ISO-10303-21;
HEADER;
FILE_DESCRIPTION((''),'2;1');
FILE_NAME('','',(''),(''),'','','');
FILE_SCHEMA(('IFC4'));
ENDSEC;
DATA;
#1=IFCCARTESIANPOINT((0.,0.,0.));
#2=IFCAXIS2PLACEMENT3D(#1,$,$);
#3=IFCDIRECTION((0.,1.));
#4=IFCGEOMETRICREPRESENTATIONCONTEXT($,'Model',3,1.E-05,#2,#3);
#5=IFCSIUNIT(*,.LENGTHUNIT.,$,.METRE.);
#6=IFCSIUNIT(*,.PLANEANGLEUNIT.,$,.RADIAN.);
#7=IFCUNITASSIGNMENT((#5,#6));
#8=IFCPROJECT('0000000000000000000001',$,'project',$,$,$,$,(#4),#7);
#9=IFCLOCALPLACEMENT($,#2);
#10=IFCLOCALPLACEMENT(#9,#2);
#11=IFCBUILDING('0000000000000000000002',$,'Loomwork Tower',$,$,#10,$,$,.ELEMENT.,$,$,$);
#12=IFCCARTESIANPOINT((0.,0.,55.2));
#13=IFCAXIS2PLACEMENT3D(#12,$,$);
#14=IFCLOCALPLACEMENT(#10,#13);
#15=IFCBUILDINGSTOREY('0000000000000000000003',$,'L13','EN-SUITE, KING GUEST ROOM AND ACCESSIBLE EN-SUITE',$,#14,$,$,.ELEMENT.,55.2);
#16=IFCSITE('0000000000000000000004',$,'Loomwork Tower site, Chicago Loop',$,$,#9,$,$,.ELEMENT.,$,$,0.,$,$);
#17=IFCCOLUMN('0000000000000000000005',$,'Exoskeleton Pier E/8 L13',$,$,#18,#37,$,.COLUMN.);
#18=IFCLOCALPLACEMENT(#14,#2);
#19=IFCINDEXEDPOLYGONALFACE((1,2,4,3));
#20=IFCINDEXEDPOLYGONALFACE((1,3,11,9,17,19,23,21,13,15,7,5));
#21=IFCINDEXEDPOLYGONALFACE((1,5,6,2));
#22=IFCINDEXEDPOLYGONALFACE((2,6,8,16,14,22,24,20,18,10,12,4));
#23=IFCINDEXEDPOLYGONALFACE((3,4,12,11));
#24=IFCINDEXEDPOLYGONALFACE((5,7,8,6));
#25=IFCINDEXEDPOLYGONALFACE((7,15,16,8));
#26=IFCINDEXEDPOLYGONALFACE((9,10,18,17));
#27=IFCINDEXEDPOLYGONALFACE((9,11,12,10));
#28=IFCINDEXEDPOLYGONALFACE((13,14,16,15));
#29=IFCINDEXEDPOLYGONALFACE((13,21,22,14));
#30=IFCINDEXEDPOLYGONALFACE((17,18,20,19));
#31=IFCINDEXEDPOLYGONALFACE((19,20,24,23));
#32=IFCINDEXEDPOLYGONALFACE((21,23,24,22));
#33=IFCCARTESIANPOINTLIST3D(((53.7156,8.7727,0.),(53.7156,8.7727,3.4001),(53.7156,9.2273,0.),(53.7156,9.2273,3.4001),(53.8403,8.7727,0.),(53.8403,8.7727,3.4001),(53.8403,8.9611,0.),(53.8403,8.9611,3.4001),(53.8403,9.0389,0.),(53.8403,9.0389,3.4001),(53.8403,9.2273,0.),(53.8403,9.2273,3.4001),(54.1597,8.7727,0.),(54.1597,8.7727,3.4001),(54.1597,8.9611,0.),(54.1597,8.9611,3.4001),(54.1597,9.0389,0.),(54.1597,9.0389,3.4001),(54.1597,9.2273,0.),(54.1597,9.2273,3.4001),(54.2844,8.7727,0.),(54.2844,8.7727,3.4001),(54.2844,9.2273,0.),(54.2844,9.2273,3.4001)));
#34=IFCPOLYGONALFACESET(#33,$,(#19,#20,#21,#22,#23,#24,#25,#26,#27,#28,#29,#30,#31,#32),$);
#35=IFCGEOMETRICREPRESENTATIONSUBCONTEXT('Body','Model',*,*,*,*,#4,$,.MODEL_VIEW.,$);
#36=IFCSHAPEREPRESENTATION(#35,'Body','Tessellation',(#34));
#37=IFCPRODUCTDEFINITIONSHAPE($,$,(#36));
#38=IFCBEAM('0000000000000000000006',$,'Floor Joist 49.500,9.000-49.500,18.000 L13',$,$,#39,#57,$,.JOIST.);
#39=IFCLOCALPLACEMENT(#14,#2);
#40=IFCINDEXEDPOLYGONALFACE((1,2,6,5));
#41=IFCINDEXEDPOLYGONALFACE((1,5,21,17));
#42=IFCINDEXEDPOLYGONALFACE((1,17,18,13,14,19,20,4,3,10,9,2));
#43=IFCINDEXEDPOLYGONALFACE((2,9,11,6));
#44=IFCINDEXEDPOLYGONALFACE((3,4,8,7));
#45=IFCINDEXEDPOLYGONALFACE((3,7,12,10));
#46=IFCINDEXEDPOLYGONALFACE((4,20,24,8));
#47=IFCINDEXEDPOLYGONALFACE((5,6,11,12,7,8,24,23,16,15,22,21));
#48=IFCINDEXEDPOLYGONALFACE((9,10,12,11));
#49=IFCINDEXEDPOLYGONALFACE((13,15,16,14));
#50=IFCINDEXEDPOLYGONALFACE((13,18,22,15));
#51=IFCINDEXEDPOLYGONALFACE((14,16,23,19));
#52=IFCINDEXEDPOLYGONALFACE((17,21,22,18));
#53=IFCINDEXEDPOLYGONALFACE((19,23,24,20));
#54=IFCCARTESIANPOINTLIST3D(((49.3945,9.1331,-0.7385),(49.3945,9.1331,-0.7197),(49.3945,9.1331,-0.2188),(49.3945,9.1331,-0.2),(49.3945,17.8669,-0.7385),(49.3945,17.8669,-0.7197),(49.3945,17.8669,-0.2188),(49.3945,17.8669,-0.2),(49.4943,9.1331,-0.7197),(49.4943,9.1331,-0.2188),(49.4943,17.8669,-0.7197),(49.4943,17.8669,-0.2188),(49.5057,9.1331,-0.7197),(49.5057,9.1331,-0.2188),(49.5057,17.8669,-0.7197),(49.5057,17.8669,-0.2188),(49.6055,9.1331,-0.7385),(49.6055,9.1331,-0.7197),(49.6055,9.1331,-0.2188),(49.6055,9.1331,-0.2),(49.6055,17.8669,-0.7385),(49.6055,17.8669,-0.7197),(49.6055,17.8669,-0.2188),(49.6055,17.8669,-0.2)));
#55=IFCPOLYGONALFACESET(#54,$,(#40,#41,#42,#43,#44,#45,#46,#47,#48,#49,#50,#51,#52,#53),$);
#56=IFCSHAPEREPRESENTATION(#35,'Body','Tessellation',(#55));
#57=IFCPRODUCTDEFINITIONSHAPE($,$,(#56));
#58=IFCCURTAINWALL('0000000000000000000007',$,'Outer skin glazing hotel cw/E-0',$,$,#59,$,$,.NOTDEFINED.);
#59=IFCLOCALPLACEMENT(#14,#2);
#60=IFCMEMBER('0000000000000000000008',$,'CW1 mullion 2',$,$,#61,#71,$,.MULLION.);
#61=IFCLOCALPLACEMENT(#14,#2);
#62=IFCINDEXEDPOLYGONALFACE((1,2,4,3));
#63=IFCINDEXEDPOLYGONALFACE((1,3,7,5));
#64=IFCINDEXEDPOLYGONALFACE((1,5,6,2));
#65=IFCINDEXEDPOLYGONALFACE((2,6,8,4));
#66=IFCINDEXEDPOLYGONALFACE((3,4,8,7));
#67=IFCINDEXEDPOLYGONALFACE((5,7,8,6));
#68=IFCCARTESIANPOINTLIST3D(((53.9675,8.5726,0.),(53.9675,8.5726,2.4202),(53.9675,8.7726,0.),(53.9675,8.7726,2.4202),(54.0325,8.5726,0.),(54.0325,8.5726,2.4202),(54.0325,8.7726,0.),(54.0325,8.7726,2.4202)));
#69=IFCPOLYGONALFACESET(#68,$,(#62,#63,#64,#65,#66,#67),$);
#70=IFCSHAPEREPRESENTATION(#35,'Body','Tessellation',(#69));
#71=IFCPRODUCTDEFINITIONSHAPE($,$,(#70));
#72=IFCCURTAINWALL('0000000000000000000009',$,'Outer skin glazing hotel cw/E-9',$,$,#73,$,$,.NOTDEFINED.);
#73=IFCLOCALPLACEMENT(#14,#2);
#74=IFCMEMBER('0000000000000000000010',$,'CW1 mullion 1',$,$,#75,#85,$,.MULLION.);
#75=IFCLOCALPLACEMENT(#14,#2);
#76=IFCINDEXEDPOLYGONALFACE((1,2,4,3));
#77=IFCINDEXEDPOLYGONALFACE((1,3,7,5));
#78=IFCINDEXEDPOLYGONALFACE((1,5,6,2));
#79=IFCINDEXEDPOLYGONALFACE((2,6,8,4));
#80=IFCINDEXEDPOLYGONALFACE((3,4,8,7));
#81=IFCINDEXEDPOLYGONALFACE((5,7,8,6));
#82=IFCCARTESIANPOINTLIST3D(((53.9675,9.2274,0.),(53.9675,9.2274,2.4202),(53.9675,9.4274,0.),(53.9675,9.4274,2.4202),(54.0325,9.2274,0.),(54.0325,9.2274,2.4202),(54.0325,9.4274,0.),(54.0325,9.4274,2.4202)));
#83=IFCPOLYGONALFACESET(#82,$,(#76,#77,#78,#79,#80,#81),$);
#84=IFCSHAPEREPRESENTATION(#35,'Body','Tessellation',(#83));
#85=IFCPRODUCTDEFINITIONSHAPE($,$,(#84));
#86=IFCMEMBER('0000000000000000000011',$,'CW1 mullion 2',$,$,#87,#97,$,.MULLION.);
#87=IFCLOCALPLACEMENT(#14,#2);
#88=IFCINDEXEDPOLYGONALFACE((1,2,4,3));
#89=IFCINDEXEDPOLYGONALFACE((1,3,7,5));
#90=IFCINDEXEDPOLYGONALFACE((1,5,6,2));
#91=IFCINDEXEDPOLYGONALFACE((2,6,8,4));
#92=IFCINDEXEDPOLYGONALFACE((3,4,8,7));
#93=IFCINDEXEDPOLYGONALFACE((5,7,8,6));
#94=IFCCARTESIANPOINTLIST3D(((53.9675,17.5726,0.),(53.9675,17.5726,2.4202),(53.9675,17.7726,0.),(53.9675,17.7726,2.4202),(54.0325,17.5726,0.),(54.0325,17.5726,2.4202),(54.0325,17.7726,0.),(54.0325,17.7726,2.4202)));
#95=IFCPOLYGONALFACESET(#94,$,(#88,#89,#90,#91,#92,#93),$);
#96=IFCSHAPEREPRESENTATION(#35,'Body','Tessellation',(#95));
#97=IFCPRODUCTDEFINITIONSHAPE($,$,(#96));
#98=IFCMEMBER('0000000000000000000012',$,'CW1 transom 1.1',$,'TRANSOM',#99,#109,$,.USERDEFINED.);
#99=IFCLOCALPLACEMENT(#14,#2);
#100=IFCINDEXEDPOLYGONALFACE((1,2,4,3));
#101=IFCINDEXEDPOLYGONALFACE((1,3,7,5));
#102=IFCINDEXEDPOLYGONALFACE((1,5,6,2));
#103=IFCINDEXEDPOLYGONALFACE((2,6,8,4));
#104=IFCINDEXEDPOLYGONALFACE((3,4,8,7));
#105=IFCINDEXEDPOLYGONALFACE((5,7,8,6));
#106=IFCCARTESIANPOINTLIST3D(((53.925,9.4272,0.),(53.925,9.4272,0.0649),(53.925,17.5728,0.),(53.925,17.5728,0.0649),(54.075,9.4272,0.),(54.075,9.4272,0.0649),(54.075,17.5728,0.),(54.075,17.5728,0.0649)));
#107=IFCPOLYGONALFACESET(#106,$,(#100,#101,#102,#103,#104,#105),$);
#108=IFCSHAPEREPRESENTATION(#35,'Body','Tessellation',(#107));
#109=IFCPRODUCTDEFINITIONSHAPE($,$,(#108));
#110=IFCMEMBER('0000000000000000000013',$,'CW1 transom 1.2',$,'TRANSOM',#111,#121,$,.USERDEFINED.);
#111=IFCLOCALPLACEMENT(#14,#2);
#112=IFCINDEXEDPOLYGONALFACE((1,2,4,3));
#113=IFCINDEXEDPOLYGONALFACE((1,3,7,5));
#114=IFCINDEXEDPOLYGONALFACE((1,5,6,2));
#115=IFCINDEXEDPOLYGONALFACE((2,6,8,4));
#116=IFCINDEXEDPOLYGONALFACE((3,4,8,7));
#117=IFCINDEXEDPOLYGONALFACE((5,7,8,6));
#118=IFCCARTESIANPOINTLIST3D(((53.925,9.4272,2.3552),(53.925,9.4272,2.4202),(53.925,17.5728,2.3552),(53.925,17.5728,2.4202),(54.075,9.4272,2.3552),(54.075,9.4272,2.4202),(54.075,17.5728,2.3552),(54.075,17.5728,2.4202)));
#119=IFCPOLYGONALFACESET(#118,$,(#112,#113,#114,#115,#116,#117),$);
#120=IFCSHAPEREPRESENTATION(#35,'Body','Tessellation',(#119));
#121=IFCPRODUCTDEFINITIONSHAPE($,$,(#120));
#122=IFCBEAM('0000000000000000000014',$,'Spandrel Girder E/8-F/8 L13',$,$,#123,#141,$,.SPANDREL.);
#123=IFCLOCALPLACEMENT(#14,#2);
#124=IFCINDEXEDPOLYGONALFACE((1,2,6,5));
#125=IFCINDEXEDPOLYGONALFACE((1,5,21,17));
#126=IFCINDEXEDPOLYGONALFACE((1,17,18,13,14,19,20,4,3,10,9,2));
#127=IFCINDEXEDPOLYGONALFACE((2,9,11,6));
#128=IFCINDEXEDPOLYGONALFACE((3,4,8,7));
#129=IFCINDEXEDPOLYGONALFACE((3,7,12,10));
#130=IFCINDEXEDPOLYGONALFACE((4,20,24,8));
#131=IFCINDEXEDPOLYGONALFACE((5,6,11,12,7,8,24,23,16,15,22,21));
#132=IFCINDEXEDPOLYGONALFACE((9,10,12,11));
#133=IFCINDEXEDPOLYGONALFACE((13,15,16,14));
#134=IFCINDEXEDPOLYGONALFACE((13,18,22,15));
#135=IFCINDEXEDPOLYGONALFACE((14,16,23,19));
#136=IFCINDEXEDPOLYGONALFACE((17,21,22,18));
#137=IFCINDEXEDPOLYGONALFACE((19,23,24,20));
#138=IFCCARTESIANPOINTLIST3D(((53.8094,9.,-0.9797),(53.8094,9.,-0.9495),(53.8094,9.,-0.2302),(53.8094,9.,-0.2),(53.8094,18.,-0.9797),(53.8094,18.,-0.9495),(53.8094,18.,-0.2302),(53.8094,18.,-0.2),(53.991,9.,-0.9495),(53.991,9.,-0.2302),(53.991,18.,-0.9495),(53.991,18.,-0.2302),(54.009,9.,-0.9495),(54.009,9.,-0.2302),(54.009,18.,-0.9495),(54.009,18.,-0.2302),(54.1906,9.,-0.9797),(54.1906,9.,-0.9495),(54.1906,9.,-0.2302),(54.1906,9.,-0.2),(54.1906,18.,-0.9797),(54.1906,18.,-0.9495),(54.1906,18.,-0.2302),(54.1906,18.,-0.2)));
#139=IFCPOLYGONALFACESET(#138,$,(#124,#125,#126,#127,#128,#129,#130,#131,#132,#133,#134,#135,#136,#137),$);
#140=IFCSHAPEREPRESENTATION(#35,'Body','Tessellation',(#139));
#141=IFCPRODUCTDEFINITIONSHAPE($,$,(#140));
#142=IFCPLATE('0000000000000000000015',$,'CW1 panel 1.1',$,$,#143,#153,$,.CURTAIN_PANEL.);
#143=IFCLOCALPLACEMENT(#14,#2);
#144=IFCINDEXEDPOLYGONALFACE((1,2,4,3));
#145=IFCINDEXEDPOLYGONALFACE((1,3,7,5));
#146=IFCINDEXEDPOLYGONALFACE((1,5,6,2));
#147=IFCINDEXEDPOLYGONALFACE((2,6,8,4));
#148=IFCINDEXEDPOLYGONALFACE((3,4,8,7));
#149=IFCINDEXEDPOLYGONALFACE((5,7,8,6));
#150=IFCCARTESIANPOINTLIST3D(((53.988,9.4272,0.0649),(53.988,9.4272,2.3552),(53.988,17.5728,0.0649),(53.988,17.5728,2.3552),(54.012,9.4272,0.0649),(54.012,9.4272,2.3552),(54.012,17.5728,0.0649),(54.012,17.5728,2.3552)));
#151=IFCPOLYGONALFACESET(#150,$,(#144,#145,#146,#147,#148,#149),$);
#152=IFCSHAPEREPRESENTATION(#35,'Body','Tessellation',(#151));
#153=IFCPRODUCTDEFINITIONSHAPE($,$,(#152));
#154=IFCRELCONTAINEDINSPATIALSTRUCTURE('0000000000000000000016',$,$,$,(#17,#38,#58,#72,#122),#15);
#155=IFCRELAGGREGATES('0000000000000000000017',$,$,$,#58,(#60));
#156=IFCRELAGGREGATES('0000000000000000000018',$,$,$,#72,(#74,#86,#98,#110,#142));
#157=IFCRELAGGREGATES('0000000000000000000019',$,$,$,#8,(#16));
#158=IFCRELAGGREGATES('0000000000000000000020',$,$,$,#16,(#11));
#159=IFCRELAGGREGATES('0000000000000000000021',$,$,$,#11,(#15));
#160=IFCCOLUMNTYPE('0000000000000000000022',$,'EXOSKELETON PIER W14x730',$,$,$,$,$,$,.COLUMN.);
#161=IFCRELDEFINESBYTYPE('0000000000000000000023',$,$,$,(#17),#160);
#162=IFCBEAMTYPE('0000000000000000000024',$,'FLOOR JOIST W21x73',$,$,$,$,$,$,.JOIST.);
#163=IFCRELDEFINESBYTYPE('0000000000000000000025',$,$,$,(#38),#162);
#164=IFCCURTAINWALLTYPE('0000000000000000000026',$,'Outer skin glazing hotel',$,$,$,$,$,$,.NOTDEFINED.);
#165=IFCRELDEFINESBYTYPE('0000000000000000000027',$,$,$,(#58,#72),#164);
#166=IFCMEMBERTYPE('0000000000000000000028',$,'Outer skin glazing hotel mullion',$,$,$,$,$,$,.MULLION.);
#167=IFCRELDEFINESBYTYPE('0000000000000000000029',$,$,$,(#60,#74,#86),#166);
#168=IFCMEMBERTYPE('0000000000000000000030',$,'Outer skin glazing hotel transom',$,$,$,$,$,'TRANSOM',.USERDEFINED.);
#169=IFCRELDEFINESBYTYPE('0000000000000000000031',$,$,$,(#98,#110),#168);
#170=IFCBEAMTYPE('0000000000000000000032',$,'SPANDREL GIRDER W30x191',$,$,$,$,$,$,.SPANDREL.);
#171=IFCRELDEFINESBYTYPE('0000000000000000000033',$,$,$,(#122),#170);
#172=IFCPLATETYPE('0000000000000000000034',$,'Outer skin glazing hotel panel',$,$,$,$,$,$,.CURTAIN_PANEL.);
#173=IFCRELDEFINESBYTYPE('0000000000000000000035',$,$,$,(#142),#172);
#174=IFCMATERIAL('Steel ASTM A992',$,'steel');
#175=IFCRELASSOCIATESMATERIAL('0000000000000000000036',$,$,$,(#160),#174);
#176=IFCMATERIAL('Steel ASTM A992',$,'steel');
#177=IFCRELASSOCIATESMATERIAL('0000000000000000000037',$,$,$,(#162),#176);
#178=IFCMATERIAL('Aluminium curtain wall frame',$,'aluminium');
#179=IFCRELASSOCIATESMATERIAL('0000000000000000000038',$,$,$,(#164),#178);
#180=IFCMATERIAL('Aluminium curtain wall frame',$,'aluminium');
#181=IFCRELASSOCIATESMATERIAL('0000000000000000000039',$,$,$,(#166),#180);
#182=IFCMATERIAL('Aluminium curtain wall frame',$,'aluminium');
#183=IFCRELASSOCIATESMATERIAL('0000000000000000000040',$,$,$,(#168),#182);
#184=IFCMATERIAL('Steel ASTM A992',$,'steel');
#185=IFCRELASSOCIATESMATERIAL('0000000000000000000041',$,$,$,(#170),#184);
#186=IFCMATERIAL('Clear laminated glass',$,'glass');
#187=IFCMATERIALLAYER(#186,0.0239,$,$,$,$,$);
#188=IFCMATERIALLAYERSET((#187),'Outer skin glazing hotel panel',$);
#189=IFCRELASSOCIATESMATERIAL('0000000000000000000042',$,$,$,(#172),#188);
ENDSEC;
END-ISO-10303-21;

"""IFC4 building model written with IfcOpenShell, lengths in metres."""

from ifc_helpers import new_model, si_unit, direction, frame, origin, origin_2d, place, context, subcontext, project, spatial, rectangle, i_section, extrude, material, layer, layer_set, material_profile, profile_set, type_object, element, aggregate, save


model = new_model("IFC4")

# Units and contexts
model_context = context("Model", 3, precision=1e-05, world=origin(), true_north=direction((0.0, 1.0)))
body_context = subcontext(model_context, "Body", "Model", "MODEL_VIEW")
ifc_project = project(units=[si_unit("LENGTHUNIT", "METRE"), si_unit("PLANEANGLEUNIT", "RADIAN")], contexts=[model_context])

# Site, building, storey
site_placement = place(None, origin())
site = spatial("IfcSite", under=ifc_project, at=site_placement, Name="Loomwork Tower site, Chicago Loop", CompositionType="ELEMENT", RefElevation=0.0)
building_placement = place(site_placement, origin())
building = spatial("IfcBuilding", under=site, at=building_placement, Name="Loomwork Tower", CompositionType="ELEMENT")
storey_placement = place(building_placement, frame((0.0, 0.0, 55.2)))
storey = spatial("IfcBuildingStorey", under=building, at=storey_placement, Name="L13", Description="EN-SUITE, KING GUEST ROOM AND ACCESSIBLE EN-SUITE", CompositionType="ELEMENT", Elevation=55.2)

# Column
ifc_material_1 = material(Name="Steel ASTM A992", Category="steel")
ifc_material_profile_1 = material_profile(ifc_material_1, i_section(OverallWidth=0.4546, OverallDepth=0.5688, WebThickness=0.0779, FlangeThickness=0.1248, at=origin_2d()), Name="W14x730")
ifc_profile_set_1 = profile_set([ifc_material_profile_1], Name="Steel ASTM A992")
column_type = type_object("IfcColumnType", Name="EXOSKELETON PIER W14x730", PredefinedType="COLUMN", material=ifc_profile_set_1)
column_placement = place(storey_placement, frame((54.0, 9.0, 0.0), z_axis=(0.0, 0.0, 1.0), x_axis=(0.0, 1.0, 0.0)))
element("IfcColumn", 1, at=column_placement, inside=storey, type_object=column_type, Name="Exoskeleton Pier E/8 L13", PredefinedType="COLUMN", context=body_context, shape_type="SweptSolid", body=[
    extrude(i_section(OverallWidth=0.4546, OverallDepth=0.5688, WebThickness=0.0779, FlangeThickness=0.1248, at=origin_2d()), origin(), (0.0, 0.0, 1.0), 3.4001),
])

# Beam
ifc_material_2 = material(Name="Steel ASTM A992", Category="steel")
ifc_material_profile_2 = material_profile(ifc_material_2, i_section(OverallWidth=0.2109, OverallDepth=0.5386, WebThickness=0.0115, FlangeThickness=0.0188, at=origin_2d()), Name="W21x73")
ifc_profile_set_2 = profile_set([ifc_material_profile_2], Name="Steel ASTM A992")
beam_type_1 = type_object("IfcBeamType", Name="FLOOR JOIST W21x73", PredefinedType="JOIST", material=ifc_profile_set_2)
beam_1_placement = place(storey_placement, frame((49.5, 9.1331, -0.4692), z_axis=(0.0, 1.0, 0.0), x_axis=(-1.0, 0.0, 0.0)))
element("IfcBeam", 2, at=beam_1_placement, inside=storey, type_object=beam_type_1, Name="Floor Joist 49.500,9.000-49.500,18.000 L13", PredefinedType="JOIST", context=body_context, shape_type="SweptSolid", body=[
    extrude(i_section(OverallWidth=0.2109, OverallDepth=0.5386, WebThickness=0.0115, FlangeThickness=0.0188, at=origin_2d()), origin(), (0.0, 0.0, 1.0), 8.7339),
])

# Curtain wall, member
ifc_material_3 = material(Name="Aluminium curtain wall frame", Category="aluminium")
curtain_wall_type = type_object("IfcCurtainWallType", Name="Outer skin glazing hotel", PredefinedType="NOTDEFINED", material=ifc_material_3)
curtain_wall_1_placement = place(storey_placement, origin())
curtain_wall_1 = element("IfcCurtainWall", 3, at=curtain_wall_1_placement, inside=storey, type_object=curtain_wall_type, Name="Outer skin glazing hotel cw/E-0", PredefinedType="NOTDEFINED")
ifc_material_4 = material(Name="Aluminium curtain wall frame", Category="aluminium")
ifc_material_profile_3 = material_profile(ifc_material_4, rectangle(XDim=0.0649, YDim=0.2, at=origin_2d()), Name="AL 65x200")
ifc_profile_set_3 = profile_set([ifc_material_profile_3], Name="Aluminium curtain wall frame")
member_type_1 = type_object("IfcMemberType", Name="Outer skin glazing hotel mullion", PredefinedType="MULLION", material=ifc_profile_set_3)
member_1_placement = place(storey_placement, frame((54.0, 8.6726, 0.0), z_axis=(0.0, 0.0, 1.0), x_axis=(-1.0, 0.0, 0.0)))
member_1 = element("IfcMember", 4, at=member_1_placement, type_object=member_type_1, Name="CW1 mullion 2", PredefinedType="MULLION", context=body_context, shape_type="SweptSolid", body=[
    extrude(rectangle(XDim=0.0649, YDim=0.2, at=origin_2d()), origin(), (0.0, 0.0, 1.0), 2.4202),
])
aggregate(curtain_wall_1, [member_1])

# Curtain wall, members
curtain_wall_2_placement = place(storey_placement, origin())
curtain_wall_2 = element("IfcCurtainWall", 5, at=curtain_wall_2_placement, inside=storey, type_object=curtain_wall_type, Name="Outer skin glazing hotel cw/E-9", PredefinedType="NOTDEFINED")
member_2_placement = place(storey_placement, frame((54.0, 9.3274, 0.0), z_axis=(0.0, 0.0, 1.0), x_axis=(-1.0, 0.0, 0.0)))
member_2 = element("IfcMember", 6, at=member_2_placement, type_object=member_type_1, Name="CW1 mullion 1", PredefinedType="MULLION", context=body_context, shape_type="SweptSolid", body=[
    extrude(rectangle(XDim=0.0649, YDim=0.2, at=origin_2d()), origin(), (0.0, 0.0, 1.0), 2.4202),
])
member_3_placement = place(storey_placement, frame((54.0, 17.6726, 0.0), z_axis=(0.0, 0.0, 1.0), x_axis=(-1.0, 0.0, 0.0)))
member_3 = element("IfcMember", 7, at=member_3_placement, type_object=member_type_1, Name="CW1 mullion 2", PredefinedType="MULLION", context=body_context, shape_type="SweptSolid", body=[
    extrude(rectangle(XDim=0.0649, YDim=0.2, at=origin_2d()), origin(), (0.0, 0.0, 1.0), 2.4202),
])
ifc_material_5 = material(Name="Aluminium curtain wall frame", Category="aluminium")
ifc_material_profile_4 = material_profile(ifc_material_5, rectangle(XDim=0.1499, YDim=0.0649, at=origin_2d()), Name="AL 65x150")
ifc_profile_set_4 = profile_set([ifc_material_profile_4], Name="Aluminium curtain wall frame")
member_type_2 = type_object("IfcMemberType", Name="Outer skin glazing hotel transom", ElementType="TRANSOM", PredefinedType="USERDEFINED", material=ifc_profile_set_4)
member_4_placement = place(storey_placement, frame((54.0, 9.4272, 0.0325), z_axis=(0.0, 1.0, 0.0), x_axis=(-1.0, 0.0, 0.0)))
member_4 = element("IfcMember", 8, at=member_4_placement, type_object=member_type_2, Name="CW1 transom 1.1", ObjectType="TRANSOM", PredefinedType="USERDEFINED", context=body_context, shape_type="SweptSolid", body=[
    extrude(rectangle(XDim=0.1499, YDim=0.0649, at=origin_2d()), origin(), (0.0, 0.0, 1.0), 8.1455),
])
member_5_placement = place(storey_placement, frame((54.0, 9.4272, 2.3877), z_axis=(0.0, 1.0, 0.0), x_axis=(-1.0, 0.0, 0.0)))
member_5 = element("IfcMember", 9, at=member_5_placement, type_object=member_type_2, Name="CW1 transom 1.2", ObjectType="TRANSOM", PredefinedType="USERDEFINED", context=body_context, shape_type="SweptSolid", body=[
    extrude(rectangle(XDim=0.1499, YDim=0.0649, at=origin_2d()), origin(), (0.0, 0.0, 1.0), 8.1455),
])

# Beam
ifc_material_6 = material(Name="Steel ASTM A992", Category="steel")
ifc_material_profile_5 = material_profile(ifc_material_6, i_section(OverallWidth=0.3811, OverallDepth=0.7798, WebThickness=0.0181, FlangeThickness=0.0303, at=origin_2d()), Name="W30x191")
ifc_profile_set_5 = profile_set([ifc_material_profile_5], Name="Steel ASTM A992")
beam_type_2 = type_object("IfcBeamType", Name="SPANDREL GIRDER W30x191", PredefinedType="SPANDREL", material=ifc_profile_set_5)
beam_2_placement = place(storey_placement, frame((54.0, 9.0, -0.5898), z_axis=(0.0, 1.0, 0.0), x_axis=(-1.0, 0.0, 0.0)))
element("IfcBeam", 10, at=beam_2_placement, inside=storey, type_object=beam_type_2, Name="Spandrel Girder E/8-F/8 L13", PredefinedType="SPANDREL", context=body_context, shape_type="SweptSolid", body=[
    extrude(i_section(OverallWidth=0.3811, OverallDepth=0.7798, WebThickness=0.0181, FlangeThickness=0.0303, at=origin_2d()), origin(), (0.0, 0.0, 1.0), 9.0),
])

# Plate
ifc_material_7 = material(Name="Clear laminated glass", Category="glass")
ifc_layer_1 = layer(ifc_material_7, 0.0239)
ifc_layer_set_1 = layer_set([ifc_layer_1], Name="Outer skin glazing hotel panel")
plate_type = type_object("IfcPlateType", Name="Outer skin glazing hotel panel", PredefinedType="CURTAIN_PANEL", material=ifc_layer_set_1)
plate_placement = place(storey_placement, frame((54.0, 13.5, 0.0649), z_axis=(0.0, 0.0, 1.0), x_axis=(0.0, 1.0, 0.0)))
plate = element("IfcPlate", 11, at=plate_placement, type_object=plate_type, Name="CW1 panel 1.1", PredefinedType="CURTAIN_PANEL", context=body_context, shape_type="SweptSolid", body=[
    extrude(rectangle(XDim=8.1455, YDim=0.0239, at=origin_2d()), origin(), (0.0, 0.0, 1.0), 2.2903),
])
aggregate(curtain_wall_2, [member_2, member_3, member_4, member_5, plate])

save(model, "model.ifc")
